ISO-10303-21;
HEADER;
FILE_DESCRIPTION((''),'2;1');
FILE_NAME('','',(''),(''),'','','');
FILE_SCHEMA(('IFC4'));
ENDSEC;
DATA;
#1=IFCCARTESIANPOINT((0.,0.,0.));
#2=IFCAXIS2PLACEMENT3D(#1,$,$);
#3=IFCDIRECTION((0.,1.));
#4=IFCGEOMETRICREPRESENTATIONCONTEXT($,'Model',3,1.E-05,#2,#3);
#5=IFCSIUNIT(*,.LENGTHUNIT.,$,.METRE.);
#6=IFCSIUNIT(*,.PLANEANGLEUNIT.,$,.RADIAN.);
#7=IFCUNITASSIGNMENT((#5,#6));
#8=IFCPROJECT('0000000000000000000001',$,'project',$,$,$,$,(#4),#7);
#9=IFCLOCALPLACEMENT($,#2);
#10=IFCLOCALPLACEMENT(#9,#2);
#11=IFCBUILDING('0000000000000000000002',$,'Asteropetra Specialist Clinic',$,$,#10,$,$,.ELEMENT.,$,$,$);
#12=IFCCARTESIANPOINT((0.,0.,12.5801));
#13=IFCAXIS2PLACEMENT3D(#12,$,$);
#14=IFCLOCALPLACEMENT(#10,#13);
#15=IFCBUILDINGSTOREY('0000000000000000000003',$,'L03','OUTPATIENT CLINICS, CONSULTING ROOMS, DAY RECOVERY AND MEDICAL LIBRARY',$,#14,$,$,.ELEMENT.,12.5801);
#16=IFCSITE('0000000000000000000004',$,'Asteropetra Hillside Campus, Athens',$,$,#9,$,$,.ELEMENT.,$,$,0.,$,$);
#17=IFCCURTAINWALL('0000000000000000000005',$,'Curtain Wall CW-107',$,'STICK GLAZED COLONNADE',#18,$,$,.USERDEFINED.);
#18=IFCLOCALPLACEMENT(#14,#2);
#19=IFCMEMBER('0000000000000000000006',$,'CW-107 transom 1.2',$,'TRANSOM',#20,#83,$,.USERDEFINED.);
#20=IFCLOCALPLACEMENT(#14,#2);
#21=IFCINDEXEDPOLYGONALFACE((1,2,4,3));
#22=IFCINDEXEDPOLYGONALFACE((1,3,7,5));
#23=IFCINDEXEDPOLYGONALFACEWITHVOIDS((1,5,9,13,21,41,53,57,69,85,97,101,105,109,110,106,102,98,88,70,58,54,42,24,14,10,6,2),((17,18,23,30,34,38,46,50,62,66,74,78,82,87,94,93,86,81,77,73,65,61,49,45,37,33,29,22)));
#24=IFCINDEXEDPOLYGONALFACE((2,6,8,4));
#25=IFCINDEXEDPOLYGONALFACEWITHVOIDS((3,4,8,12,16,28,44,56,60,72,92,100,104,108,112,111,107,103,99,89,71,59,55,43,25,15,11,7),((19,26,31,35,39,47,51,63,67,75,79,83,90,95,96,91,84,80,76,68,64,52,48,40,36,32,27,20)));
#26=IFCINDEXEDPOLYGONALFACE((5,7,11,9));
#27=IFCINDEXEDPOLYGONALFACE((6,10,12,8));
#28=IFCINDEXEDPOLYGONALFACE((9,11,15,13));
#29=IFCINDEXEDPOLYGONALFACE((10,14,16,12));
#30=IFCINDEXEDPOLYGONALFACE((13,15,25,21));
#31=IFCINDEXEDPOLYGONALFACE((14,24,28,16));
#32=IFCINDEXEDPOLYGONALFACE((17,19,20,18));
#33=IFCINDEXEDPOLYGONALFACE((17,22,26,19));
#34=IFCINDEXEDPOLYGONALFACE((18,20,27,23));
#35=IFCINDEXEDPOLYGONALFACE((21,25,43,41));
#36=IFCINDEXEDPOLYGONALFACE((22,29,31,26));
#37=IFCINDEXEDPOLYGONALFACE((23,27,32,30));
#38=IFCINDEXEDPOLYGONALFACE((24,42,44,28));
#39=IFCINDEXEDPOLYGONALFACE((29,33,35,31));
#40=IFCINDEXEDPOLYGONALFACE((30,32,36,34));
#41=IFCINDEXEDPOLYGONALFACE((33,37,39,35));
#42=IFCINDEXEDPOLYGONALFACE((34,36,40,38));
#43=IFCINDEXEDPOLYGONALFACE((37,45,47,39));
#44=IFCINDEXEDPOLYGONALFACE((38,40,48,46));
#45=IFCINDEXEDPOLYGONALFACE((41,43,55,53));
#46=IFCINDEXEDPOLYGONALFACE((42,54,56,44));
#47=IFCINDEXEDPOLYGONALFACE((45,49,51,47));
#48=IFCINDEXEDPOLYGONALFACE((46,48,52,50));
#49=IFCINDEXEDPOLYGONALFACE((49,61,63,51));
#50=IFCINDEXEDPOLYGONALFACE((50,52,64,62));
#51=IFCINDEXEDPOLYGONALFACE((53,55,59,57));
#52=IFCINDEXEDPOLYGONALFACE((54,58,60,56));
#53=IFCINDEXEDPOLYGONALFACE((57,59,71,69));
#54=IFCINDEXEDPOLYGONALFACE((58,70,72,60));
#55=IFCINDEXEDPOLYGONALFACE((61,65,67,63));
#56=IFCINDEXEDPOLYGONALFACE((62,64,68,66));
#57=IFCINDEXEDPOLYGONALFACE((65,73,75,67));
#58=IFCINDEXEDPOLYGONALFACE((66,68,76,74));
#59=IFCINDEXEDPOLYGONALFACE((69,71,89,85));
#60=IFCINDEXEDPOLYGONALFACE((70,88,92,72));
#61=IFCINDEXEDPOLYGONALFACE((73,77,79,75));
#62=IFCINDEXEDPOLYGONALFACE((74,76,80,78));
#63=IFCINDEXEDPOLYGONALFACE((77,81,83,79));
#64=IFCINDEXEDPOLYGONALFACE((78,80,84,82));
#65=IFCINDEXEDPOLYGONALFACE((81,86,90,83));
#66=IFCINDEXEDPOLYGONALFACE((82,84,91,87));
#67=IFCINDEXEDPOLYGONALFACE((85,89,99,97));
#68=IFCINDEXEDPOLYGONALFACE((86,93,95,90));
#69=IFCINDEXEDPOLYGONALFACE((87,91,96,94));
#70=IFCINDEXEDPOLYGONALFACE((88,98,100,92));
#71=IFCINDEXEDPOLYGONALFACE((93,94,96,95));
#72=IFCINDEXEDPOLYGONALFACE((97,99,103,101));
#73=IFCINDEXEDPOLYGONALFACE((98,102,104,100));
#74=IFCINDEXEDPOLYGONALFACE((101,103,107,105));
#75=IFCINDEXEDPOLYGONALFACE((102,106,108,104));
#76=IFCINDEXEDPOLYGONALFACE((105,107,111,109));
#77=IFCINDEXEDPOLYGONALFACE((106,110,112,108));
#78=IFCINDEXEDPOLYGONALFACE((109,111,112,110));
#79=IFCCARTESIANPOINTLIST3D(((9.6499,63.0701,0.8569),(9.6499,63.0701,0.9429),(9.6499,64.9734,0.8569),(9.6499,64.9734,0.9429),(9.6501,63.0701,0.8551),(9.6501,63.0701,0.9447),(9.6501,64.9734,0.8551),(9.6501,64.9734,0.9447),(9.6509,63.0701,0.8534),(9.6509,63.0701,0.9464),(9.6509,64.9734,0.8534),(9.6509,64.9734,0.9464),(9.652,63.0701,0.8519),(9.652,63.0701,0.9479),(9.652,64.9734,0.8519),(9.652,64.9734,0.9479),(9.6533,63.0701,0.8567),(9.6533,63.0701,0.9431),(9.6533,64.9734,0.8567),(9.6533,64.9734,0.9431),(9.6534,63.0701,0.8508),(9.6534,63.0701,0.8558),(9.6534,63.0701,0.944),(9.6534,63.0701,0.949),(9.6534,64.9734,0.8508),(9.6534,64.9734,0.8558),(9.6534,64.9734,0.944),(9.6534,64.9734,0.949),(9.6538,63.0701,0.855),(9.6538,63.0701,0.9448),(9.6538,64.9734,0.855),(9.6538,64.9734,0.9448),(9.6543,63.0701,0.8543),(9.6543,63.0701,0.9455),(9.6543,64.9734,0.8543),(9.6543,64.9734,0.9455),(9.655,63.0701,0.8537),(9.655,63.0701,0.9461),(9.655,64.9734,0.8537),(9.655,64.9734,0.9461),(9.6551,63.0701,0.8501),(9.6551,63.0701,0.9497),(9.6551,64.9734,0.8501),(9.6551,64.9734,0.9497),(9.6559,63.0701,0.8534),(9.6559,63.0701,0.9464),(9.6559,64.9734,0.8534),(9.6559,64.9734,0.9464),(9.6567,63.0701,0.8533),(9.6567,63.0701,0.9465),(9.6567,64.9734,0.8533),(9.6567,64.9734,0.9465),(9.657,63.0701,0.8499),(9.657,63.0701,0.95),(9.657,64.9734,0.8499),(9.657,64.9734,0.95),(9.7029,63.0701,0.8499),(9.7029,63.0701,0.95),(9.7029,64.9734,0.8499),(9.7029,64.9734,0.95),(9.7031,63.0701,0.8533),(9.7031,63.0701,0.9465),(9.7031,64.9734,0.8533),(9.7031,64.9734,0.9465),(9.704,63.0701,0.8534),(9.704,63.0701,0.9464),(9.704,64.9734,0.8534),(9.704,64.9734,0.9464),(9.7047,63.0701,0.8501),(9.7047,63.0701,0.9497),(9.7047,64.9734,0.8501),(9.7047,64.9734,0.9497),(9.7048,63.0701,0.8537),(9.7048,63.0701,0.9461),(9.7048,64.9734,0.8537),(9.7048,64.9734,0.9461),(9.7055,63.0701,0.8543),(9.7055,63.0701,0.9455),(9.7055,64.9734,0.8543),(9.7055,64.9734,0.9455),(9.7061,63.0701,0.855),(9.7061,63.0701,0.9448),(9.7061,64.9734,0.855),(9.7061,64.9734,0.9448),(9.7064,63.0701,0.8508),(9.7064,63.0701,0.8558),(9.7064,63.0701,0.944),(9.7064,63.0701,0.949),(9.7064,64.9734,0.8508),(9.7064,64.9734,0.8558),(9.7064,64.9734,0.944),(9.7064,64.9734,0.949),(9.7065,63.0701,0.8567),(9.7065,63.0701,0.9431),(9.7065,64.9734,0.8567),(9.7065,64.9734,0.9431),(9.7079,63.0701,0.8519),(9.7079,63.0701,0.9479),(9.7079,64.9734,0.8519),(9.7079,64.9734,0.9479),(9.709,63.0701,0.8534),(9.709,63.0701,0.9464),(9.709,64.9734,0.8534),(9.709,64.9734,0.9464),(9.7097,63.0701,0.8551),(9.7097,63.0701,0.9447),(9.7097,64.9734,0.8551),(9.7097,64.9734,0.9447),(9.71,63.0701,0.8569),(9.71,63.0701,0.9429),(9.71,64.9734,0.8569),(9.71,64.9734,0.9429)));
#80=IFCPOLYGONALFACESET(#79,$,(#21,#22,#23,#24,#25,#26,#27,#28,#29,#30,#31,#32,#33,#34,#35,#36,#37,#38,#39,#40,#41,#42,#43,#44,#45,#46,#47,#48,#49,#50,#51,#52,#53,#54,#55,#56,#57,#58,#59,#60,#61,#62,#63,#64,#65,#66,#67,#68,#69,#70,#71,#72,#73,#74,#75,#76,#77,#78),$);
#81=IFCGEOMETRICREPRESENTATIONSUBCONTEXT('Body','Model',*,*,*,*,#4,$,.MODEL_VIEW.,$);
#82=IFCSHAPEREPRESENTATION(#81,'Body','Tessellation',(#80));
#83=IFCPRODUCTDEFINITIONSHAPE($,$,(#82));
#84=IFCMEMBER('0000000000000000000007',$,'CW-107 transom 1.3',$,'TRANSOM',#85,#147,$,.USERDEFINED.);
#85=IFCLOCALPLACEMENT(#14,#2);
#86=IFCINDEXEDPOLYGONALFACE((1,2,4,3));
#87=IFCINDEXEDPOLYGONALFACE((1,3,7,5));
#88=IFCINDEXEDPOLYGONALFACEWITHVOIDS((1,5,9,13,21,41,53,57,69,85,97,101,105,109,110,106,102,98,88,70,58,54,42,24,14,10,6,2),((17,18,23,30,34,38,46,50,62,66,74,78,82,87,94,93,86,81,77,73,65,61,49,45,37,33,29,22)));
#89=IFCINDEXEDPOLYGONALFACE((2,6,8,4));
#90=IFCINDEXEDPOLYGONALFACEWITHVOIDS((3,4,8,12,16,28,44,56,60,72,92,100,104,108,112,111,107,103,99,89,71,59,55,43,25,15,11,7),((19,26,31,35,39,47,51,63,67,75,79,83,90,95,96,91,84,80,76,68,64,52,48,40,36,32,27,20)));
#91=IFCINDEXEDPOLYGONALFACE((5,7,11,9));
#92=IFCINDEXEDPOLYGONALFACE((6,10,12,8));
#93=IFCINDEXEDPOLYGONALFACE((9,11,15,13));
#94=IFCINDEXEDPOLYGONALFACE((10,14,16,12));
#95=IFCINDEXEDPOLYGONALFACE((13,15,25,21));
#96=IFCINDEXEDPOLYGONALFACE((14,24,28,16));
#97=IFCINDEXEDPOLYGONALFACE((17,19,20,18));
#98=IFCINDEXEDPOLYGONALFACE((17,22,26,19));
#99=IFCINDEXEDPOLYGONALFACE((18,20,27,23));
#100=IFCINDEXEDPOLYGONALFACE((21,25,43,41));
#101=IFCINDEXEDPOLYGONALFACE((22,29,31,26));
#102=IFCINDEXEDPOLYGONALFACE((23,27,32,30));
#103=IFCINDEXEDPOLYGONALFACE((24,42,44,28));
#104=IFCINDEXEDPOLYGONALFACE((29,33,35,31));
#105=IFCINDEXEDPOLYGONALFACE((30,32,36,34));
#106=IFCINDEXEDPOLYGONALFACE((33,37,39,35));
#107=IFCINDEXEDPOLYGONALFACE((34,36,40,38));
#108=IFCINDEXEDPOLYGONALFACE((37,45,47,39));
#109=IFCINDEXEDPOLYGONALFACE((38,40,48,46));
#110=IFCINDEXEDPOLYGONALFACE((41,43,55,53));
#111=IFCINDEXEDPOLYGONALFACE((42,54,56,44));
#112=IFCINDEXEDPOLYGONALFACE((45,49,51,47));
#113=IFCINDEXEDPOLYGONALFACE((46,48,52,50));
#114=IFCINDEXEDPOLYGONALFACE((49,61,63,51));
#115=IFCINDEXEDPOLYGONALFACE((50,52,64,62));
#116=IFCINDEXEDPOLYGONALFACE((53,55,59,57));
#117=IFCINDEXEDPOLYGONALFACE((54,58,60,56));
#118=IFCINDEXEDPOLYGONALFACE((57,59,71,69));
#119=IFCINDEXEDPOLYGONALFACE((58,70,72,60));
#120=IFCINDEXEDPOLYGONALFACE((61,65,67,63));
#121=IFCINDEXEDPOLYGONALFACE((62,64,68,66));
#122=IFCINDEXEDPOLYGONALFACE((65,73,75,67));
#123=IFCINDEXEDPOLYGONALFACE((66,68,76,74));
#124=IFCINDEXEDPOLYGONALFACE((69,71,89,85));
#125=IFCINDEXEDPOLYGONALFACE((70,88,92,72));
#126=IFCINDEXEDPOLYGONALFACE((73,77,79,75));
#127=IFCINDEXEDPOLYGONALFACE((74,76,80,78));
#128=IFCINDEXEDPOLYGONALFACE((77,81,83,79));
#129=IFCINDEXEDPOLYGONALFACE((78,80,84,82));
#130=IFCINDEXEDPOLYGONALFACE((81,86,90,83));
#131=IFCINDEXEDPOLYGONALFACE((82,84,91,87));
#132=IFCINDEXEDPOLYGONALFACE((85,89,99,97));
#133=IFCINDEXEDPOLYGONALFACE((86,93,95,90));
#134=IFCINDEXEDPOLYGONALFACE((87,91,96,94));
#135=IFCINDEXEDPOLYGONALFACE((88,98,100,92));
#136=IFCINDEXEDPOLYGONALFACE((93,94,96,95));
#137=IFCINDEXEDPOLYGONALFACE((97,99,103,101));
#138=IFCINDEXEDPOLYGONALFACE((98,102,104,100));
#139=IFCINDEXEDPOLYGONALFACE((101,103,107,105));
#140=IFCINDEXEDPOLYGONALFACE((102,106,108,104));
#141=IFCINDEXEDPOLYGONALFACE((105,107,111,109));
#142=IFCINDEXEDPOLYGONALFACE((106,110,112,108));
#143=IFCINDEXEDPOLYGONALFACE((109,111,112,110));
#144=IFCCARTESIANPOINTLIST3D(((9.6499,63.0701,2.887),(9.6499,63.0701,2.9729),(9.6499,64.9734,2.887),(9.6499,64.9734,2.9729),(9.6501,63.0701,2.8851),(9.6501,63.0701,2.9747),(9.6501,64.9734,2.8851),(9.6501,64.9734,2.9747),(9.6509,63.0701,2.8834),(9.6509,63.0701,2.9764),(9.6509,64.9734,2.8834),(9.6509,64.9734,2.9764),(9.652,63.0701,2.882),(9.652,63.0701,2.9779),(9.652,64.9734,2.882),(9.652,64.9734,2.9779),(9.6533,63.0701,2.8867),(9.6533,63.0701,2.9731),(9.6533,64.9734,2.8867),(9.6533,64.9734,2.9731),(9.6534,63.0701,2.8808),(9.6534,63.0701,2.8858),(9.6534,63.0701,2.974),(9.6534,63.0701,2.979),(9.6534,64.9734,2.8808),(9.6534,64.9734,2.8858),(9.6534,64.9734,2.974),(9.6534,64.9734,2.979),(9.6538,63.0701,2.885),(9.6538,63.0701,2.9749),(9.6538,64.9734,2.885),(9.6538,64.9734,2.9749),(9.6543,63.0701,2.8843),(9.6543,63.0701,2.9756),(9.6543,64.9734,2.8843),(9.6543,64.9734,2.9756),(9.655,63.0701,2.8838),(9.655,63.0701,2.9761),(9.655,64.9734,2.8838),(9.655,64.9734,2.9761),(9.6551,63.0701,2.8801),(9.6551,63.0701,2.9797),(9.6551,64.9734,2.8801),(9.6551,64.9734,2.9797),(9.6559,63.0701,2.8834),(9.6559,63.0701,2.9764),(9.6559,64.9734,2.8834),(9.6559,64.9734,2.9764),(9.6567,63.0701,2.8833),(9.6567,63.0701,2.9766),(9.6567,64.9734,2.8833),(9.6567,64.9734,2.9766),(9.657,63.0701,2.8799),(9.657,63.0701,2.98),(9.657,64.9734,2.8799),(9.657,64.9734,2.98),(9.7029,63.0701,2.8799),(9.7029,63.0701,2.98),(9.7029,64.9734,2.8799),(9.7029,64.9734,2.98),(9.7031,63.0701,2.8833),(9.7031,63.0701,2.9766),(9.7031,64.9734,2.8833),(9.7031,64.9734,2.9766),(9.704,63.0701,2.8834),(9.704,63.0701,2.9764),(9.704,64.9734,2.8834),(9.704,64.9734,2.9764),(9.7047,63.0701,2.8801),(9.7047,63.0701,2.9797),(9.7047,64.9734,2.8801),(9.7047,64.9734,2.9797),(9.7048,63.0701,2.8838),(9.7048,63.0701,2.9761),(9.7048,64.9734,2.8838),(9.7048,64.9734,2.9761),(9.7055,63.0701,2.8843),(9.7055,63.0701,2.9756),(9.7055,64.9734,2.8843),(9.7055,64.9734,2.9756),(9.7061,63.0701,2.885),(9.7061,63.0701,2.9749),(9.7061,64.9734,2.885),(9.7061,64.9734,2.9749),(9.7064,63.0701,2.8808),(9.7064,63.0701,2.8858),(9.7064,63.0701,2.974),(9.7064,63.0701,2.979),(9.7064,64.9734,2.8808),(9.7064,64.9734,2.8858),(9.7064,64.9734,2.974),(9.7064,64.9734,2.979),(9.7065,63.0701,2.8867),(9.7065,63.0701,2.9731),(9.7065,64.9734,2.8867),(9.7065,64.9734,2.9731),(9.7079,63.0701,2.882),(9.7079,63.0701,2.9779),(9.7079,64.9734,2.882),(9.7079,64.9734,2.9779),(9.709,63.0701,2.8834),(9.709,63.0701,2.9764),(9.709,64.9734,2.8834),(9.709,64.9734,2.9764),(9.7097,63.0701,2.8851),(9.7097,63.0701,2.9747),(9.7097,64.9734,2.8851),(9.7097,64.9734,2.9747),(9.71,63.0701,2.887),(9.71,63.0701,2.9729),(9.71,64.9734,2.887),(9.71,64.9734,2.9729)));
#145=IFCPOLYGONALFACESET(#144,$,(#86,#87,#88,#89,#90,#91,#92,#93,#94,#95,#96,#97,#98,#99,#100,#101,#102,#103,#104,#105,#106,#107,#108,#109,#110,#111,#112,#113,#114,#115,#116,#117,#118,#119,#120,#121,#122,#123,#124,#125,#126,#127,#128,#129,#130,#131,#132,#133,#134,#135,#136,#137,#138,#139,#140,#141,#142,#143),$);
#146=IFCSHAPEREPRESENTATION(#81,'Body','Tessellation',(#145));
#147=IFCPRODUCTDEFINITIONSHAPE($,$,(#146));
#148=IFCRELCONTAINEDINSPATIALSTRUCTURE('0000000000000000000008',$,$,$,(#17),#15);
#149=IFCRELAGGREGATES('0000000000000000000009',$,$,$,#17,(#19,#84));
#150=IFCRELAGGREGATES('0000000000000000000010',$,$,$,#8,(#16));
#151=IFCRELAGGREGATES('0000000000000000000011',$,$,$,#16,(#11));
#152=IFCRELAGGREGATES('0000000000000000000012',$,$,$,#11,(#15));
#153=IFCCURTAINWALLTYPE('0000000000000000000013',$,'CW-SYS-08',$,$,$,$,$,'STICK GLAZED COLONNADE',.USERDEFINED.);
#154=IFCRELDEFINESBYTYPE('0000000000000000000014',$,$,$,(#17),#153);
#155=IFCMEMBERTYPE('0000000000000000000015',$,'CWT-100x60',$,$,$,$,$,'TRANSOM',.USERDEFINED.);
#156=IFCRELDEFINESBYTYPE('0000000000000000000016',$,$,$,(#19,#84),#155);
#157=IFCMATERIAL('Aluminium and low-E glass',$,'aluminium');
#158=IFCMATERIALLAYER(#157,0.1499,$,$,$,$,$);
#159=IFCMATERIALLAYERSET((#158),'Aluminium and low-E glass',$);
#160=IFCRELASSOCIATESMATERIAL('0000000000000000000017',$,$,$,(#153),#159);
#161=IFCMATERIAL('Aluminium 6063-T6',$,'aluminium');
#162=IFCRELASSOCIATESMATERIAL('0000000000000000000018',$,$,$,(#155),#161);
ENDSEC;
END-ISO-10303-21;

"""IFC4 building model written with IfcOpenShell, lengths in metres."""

from ifc_helpers import new_model, si_unit, direction, frame, origin, origin_2d, place, context, subcontext, project, spatial, hollow_rectangle, extrude, material, layer, layer_set, material_profile, profile_set, type_object, element, aggregate, save


model = new_model("IFC4")

# Units and contexts
model_context = context("Model", 3, precision=1e-05, world=origin(), true_north=direction((0.0, 1.0)))
body_context = subcontext(model_context, "Body", "Model", "MODEL_VIEW")
ifc_project = project(units=[si_unit("LENGTHUNIT", "METRE"), si_unit("PLANEANGLEUNIT", "RADIAN")], contexts=[model_context])

# Site, building, storey
site_placement = place(None, origin())
site = spatial("IfcSite", under=ifc_project, at=site_placement, Name="Asteropetra Hillside Campus, Athens", CompositionType="ELEMENT", RefElevation=0.0)
building_placement = place(site_placement, origin())
building = spatial("IfcBuilding", under=site, at=building_placement, Name="Asteropetra Specialist Clinic", CompositionType="ELEMENT")
storey_placement = place(building_placement, frame((0.0, 0.0, 12.5801)))
storey = spatial("IfcBuildingStorey", under=building, at=storey_placement, Name="L03", Description="OUTPATIENT CLINICS, CONSULTING ROOMS, DAY RECOVERY AND MEDICAL LIBRARY", CompositionType="ELEMENT", Elevation=12.5801)

# Curtain wall, members
ifc_material_1 = material(Name="Aluminium and low-E glass", Category="aluminium")
ifc_layer_1 = layer(ifc_material_1, 0.1499)
ifc_layer_set_1 = layer_set([ifc_layer_1], Name="Aluminium and low-E glass")
curtain_wall_type = type_object("IfcCurtainWallType", Name="CW-SYS-08", ElementType="STICK GLAZED COLONNADE", PredefinedType="USERDEFINED", material=ifc_layer_set_1)
curtain_wall_placement = place(storey_placement, origin())
curtain_wall = element("IfcCurtainWall", 1, at=curtain_wall_placement, inside=storey, type_object=curtain_wall_type, Name="Curtain Wall CW-107", ObjectType="STICK GLAZED COLONNADE", PredefinedType="USERDEFINED")
ifc_material_2 = material(Name="Aluminium 6063-T6", Category="aluminium")
ifc_material_profile_1 = material_profile(ifc_material_2, hollow_rectangle(XDim=0.0601, YDim=0.1001, WallThickness=0.0034, InnerFilletRadius=0.0034, OuterFilletRadius=0.0071, at=origin_2d()), Name="TRN 100x60x3.5")
ifc_profile_set_1 = profile_set([ifc_material_profile_1], Name="Aluminium 6063-T6")
member_type_1 = type_object("IfcMemberType", Name="CWT-100x60", ElementType="TRANSOM", PredefinedType="USERDEFINED", material=ifc_profile_set_1)
member_1_placement = place(storey_placement, frame((9.6799, 63.0701, 0.8999), z_axis=(0.0, 1.0, 0.0), x_axis=(-1.0, 0.0, 0.0)))
member_1 = element("IfcMember", 2, at=member_1_placement, type_object=member_type_1, Name="CW-107 transom 1.2", ObjectType="TRANSOM", PredefinedType="USERDEFINED", context=body_context, shape_type="SweptSolid", body=[
    extrude(hollow_rectangle(XDim=0.0601, YDim=0.1001, WallThickness=0.0034, InnerFilletRadius=0.0034, OuterFilletRadius=0.0071, at=origin_2d()), origin(), (0.0, 0.0, 1.0), 1.9033),
])
member_2_placement = place(storey_placement, frame((9.6799, 63.0701, 2.9299), z_axis=(0.0, 1.0, 0.0), x_axis=(-1.0, 0.0, 0.0)))
member_2 = element("IfcMember", 3, at=member_2_placement, type_object=member_type_1, Name="CW-107 transom 1.3", ObjectType="TRANSOM", PredefinedType="USERDEFINED", context=body_context, shape_type="SweptSolid", body=[
    extrude(hollow_rectangle(XDim=0.0601, YDim=0.1001, WallThickness=0.0034, InnerFilletRadius=0.0034, OuterFilletRadius=0.0071, at=origin_2d()), origin(), (0.0, 0.0, 1.0), 1.9033),
])

aggregate(curtain_wall, [member_1, member_2])

save(model, "model.ifc")
